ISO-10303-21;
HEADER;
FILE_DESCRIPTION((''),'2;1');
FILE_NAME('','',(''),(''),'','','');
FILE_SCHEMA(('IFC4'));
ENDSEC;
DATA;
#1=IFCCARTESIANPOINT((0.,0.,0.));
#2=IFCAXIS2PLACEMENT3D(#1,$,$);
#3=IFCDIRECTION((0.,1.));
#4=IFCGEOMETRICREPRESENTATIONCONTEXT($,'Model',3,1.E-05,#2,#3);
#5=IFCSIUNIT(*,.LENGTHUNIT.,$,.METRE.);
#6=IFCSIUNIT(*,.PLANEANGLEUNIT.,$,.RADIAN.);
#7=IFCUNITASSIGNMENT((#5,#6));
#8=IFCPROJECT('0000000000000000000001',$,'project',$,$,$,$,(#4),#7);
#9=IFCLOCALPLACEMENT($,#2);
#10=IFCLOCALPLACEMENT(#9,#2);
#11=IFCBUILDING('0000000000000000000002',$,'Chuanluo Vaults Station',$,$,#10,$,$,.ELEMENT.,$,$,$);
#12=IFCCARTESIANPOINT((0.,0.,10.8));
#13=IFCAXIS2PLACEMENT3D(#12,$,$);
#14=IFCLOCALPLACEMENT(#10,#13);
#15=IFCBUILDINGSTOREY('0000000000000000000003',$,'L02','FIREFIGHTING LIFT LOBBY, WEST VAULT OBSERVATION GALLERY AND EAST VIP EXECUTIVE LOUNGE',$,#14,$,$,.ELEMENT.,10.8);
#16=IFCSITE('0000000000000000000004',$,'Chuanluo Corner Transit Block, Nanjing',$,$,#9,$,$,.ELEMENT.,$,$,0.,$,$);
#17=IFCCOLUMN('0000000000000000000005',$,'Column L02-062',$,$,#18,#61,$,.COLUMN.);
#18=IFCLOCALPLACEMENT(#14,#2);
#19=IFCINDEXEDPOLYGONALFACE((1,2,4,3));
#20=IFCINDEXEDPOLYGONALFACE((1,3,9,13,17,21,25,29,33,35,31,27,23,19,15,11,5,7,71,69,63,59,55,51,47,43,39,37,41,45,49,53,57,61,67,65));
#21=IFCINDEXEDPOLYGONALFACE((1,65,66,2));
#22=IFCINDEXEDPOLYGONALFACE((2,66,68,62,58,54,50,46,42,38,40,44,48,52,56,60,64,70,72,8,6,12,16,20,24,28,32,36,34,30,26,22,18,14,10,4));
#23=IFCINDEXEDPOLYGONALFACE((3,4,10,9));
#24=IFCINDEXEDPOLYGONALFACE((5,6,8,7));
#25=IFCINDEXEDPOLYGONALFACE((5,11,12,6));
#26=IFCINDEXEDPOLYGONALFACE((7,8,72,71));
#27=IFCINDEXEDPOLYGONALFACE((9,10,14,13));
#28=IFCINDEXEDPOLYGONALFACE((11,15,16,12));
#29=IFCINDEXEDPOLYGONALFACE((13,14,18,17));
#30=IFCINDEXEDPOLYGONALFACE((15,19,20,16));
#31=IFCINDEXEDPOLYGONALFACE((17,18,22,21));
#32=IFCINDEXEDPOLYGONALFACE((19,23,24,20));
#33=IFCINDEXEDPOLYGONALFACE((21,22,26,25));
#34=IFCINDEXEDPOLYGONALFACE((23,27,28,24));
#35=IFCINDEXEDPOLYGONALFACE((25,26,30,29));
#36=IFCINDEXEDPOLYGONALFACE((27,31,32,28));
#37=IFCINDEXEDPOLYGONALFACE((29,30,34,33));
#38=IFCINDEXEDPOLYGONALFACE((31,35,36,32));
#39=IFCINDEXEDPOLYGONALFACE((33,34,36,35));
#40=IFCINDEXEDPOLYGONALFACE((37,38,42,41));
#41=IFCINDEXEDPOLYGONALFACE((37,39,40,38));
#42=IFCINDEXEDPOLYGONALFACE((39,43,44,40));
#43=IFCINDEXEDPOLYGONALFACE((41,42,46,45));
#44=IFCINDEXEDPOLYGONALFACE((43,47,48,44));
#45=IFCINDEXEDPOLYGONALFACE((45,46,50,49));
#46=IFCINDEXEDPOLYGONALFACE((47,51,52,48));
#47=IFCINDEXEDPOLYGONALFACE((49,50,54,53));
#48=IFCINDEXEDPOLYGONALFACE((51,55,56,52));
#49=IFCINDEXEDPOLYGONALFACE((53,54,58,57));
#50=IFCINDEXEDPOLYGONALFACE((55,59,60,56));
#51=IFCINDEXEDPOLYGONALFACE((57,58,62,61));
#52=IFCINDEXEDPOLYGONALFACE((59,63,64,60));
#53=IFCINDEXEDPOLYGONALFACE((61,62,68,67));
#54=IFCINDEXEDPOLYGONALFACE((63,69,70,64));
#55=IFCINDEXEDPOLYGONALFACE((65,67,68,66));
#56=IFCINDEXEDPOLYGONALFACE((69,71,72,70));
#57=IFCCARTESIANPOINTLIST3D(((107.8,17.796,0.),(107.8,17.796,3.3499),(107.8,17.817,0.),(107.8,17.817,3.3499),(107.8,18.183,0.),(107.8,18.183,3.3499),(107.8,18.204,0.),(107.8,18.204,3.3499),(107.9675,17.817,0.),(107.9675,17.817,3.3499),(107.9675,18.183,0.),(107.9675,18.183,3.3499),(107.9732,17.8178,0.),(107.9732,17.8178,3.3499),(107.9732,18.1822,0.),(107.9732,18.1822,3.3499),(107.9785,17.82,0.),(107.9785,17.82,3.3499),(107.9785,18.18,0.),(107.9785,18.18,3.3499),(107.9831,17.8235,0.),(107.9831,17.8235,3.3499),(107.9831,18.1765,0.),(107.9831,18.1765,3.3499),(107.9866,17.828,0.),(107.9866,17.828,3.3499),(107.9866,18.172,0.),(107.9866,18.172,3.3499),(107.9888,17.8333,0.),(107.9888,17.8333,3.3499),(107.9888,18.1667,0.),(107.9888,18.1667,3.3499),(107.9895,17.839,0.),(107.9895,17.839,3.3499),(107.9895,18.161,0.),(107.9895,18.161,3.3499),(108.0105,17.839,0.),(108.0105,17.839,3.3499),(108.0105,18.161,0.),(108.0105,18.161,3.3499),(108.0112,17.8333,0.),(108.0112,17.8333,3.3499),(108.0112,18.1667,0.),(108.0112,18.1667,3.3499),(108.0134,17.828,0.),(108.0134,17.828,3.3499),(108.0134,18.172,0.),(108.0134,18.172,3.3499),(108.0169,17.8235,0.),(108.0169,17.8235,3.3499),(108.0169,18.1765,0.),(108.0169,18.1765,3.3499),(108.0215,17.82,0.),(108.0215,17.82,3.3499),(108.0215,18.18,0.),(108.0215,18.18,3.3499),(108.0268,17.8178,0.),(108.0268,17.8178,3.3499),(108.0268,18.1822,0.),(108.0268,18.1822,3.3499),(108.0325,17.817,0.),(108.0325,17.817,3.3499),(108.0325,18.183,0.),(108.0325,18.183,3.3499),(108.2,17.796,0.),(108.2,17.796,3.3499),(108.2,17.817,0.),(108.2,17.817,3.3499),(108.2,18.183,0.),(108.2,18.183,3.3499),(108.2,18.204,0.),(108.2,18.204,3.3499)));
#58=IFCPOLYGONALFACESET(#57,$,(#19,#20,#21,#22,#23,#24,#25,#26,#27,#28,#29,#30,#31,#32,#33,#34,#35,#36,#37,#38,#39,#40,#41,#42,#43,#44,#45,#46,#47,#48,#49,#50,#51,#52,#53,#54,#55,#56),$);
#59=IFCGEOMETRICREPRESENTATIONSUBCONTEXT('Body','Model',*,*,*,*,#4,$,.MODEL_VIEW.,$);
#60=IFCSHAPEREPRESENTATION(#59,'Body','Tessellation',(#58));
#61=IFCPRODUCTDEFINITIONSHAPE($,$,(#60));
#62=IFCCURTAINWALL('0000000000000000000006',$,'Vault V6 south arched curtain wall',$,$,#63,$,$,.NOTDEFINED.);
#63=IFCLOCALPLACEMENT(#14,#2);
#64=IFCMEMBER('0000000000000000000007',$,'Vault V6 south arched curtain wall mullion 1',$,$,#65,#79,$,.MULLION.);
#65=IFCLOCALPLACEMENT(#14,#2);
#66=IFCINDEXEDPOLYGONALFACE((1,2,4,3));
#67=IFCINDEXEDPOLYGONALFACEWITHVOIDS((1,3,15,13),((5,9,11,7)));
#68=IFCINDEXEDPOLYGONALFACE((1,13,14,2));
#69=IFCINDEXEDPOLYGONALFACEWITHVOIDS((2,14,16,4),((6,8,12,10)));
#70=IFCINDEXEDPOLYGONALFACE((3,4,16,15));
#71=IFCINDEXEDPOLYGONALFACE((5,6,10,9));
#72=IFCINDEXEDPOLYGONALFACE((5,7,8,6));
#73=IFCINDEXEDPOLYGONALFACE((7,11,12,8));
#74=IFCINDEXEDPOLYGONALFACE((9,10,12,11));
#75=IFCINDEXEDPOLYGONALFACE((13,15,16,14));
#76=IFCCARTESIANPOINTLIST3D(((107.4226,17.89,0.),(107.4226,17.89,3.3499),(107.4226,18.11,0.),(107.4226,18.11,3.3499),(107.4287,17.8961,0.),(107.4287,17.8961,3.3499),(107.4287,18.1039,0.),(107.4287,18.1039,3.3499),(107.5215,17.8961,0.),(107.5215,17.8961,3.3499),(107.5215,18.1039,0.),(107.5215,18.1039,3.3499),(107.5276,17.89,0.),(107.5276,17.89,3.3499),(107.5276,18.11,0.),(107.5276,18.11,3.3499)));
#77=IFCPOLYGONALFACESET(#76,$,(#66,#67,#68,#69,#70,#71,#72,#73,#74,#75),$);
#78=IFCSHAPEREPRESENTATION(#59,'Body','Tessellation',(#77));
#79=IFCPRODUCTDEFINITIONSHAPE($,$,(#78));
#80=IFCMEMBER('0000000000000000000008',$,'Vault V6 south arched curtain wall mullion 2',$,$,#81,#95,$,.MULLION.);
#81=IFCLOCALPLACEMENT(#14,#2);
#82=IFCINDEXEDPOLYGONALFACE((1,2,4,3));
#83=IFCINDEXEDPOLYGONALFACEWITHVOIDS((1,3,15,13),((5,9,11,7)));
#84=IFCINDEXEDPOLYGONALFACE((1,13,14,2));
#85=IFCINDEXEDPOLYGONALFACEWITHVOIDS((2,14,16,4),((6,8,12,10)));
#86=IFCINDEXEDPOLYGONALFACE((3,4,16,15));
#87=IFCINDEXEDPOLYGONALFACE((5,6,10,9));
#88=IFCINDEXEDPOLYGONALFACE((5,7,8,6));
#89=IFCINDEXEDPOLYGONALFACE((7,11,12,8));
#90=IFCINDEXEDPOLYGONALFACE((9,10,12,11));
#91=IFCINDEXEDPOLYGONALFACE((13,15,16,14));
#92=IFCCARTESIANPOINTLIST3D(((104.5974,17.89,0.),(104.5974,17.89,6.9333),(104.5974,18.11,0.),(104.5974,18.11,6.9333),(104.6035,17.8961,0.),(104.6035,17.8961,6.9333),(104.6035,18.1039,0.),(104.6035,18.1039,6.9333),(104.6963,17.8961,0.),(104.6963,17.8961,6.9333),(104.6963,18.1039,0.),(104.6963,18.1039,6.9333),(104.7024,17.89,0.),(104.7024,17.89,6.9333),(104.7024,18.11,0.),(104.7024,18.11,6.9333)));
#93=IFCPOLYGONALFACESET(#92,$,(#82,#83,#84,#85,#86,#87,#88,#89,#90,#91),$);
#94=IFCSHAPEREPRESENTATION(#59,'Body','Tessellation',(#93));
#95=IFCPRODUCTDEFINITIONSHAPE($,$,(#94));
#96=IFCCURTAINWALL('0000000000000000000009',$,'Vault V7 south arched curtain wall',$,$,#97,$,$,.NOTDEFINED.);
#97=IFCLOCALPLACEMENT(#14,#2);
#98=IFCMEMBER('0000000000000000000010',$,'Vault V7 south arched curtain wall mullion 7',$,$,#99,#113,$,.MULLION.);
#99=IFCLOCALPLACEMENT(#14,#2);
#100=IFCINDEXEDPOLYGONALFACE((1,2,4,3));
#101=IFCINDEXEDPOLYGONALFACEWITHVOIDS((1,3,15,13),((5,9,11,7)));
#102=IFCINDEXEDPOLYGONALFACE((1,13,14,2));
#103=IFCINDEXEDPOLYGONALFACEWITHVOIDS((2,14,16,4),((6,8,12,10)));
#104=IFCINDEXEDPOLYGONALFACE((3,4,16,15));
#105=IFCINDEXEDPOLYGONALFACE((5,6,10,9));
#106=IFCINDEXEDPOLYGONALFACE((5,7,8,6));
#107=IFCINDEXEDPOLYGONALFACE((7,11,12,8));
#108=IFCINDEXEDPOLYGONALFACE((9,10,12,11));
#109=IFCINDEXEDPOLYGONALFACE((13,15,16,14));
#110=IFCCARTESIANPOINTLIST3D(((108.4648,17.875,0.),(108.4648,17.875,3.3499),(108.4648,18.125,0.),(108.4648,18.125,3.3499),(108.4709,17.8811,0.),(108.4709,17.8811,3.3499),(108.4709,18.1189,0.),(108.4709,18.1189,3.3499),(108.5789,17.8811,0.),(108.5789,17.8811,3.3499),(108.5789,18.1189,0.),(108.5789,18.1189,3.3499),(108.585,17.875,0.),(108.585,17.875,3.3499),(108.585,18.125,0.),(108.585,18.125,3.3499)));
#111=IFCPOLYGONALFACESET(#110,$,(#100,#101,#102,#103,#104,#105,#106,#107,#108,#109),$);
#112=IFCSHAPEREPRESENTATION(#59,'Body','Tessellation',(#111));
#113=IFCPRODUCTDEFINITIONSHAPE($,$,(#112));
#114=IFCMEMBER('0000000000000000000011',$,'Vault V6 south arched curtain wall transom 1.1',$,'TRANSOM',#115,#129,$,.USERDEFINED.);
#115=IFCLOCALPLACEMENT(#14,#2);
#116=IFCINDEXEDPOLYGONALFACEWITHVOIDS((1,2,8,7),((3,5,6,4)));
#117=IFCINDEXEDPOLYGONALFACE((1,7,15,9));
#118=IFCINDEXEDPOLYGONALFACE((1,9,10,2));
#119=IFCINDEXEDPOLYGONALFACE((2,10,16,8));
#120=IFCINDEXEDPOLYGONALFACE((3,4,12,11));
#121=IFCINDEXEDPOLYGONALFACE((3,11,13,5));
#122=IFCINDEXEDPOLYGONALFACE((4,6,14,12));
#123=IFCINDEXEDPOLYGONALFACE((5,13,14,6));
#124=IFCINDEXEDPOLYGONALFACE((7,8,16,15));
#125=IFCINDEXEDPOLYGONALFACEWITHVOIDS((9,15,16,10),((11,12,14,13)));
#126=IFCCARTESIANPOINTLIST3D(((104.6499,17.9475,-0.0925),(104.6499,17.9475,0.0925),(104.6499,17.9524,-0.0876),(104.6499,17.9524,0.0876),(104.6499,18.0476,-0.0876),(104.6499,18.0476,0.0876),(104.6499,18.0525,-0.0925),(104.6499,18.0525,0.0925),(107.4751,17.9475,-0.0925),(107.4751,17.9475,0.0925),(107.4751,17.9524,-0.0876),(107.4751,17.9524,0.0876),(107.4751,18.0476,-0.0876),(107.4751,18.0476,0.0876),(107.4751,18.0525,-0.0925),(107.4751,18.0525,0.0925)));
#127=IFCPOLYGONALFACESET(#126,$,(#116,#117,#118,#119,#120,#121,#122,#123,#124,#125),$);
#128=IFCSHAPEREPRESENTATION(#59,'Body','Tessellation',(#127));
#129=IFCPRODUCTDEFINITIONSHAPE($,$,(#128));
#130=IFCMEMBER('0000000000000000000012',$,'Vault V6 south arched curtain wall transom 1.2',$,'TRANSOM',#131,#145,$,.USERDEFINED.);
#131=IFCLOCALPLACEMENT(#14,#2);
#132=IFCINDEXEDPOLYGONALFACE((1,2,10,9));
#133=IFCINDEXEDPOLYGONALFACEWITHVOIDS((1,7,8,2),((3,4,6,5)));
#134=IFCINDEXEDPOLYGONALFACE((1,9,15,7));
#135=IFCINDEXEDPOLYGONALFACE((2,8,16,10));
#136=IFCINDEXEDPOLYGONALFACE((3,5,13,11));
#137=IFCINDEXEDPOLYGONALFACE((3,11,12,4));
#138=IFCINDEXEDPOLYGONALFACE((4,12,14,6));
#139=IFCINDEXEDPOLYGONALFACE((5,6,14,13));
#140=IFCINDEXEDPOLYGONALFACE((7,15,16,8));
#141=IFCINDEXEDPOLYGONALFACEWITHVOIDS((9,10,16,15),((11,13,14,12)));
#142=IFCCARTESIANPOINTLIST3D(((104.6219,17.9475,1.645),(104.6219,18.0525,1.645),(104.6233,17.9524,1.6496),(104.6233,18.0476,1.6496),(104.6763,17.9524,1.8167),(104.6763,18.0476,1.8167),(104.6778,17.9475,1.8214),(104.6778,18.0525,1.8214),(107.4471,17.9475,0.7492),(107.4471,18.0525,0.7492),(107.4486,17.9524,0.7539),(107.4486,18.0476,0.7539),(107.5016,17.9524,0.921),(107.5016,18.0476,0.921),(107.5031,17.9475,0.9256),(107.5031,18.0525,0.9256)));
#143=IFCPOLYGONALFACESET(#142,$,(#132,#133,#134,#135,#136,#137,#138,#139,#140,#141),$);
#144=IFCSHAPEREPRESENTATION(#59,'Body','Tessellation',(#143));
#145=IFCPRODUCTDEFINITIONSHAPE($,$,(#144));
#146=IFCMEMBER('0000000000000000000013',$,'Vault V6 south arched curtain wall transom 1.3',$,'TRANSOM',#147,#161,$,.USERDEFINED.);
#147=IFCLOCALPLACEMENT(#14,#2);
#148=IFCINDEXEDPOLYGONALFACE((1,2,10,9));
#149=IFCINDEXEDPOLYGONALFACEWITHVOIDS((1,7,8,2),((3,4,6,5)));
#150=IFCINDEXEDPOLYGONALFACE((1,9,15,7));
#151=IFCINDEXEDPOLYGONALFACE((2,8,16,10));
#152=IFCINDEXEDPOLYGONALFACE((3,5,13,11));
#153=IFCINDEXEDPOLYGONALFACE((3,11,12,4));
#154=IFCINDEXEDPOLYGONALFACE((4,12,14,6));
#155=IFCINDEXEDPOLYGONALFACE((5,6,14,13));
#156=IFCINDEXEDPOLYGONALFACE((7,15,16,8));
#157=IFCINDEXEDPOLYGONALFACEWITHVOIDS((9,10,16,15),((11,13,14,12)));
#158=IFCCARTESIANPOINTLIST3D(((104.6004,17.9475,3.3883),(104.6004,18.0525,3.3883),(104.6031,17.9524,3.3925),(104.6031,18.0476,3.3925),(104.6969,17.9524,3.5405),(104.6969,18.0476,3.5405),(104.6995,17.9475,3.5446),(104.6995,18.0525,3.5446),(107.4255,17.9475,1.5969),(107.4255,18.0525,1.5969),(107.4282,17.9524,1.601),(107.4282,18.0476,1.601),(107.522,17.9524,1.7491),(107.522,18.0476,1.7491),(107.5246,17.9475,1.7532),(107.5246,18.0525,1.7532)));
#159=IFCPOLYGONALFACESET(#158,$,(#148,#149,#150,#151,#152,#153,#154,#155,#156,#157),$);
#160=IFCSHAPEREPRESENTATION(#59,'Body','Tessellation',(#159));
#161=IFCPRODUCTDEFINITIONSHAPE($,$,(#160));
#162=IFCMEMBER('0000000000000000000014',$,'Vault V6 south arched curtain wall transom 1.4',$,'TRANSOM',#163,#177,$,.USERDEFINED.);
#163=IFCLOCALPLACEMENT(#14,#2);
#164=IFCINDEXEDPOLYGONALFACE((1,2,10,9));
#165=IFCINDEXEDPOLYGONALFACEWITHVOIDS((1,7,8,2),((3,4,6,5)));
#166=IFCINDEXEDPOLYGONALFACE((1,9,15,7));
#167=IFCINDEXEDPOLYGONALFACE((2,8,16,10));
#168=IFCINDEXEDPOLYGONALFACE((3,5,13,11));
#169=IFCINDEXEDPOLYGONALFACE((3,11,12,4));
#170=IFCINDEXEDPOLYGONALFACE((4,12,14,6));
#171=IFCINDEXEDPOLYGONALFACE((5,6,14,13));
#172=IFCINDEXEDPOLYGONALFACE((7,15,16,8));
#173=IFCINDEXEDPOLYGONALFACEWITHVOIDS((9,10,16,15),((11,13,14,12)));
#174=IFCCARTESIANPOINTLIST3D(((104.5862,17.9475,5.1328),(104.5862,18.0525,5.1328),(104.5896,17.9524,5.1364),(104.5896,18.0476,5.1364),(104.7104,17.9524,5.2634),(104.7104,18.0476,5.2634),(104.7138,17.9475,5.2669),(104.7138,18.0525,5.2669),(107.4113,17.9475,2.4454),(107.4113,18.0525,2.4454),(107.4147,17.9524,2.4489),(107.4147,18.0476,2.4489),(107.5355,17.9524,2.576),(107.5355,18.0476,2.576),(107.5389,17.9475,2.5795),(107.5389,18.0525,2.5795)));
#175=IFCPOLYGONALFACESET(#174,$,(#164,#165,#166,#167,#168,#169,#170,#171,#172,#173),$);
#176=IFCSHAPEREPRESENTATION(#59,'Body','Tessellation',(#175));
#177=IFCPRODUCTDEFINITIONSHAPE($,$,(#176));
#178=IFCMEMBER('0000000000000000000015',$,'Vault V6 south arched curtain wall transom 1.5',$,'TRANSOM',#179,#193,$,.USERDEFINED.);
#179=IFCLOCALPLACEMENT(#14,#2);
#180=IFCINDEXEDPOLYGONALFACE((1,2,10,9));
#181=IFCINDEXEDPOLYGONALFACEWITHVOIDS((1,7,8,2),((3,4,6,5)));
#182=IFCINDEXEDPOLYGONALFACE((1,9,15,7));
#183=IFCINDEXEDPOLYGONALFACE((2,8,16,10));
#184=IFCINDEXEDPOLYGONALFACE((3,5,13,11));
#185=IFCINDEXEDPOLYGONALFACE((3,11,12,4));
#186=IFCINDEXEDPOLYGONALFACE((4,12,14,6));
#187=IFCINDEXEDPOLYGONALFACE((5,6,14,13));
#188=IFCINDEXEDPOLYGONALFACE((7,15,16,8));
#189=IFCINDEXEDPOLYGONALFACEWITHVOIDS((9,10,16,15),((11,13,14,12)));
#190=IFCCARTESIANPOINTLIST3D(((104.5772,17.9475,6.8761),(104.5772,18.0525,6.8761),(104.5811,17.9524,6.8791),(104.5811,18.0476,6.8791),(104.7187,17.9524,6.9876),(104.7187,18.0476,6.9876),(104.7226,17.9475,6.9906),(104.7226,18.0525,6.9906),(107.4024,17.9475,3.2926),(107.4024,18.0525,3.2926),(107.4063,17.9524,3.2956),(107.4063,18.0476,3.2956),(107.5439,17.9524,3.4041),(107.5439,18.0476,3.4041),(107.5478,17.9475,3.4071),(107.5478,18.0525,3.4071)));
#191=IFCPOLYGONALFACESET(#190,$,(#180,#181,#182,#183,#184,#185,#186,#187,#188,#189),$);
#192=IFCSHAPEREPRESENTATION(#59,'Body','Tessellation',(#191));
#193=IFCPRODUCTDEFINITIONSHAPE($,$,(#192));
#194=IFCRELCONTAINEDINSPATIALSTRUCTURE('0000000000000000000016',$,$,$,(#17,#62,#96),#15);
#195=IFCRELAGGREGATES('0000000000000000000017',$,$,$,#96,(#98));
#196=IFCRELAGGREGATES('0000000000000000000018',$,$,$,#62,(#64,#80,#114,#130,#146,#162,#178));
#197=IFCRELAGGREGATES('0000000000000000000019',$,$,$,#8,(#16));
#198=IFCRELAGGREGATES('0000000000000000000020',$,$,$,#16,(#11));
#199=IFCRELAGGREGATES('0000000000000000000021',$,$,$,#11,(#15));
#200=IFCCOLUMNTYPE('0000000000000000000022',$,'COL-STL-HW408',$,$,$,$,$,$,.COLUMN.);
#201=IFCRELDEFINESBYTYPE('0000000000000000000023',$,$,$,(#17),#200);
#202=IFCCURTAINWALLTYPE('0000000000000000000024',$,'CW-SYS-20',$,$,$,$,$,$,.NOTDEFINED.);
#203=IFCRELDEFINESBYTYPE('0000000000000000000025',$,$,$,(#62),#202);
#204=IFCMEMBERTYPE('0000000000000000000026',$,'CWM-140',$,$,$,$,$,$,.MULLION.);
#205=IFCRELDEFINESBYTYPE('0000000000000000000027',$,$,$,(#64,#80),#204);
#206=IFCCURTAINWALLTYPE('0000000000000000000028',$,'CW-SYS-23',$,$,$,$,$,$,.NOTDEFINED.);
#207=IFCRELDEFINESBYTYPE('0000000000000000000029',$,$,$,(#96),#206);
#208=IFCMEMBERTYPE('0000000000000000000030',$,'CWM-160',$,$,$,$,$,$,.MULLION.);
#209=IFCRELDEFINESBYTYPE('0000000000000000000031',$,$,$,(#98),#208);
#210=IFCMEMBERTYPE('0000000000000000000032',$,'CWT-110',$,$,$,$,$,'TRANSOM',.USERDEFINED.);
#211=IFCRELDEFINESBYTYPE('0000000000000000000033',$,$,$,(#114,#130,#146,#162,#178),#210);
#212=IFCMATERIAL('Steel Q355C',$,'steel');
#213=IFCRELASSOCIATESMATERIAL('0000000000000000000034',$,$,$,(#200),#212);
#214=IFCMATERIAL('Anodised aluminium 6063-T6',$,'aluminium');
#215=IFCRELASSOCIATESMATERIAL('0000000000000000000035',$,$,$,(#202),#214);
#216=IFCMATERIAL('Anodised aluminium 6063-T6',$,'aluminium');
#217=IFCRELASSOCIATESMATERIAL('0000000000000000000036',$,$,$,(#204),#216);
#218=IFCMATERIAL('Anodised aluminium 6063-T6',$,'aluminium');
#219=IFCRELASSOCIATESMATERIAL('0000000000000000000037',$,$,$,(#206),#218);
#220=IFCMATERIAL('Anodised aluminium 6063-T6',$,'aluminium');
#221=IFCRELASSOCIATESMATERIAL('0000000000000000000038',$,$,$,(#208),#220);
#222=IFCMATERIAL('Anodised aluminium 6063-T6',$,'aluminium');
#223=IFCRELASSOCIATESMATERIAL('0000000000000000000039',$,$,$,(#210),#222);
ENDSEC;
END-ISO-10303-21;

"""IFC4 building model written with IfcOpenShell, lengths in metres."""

from ifc_helpers import new_model, si_unit, direction, frame, origin, origin_2d, place, context, subcontext, project, spatial, hollow_rectangle, i_section, extrude, material, material_profile, profile_set, type_object, element, aggregate, save


model = new_model("IFC4")

# Units and contexts
model_context = context("Model", 3, precision=1e-05, world=origin(), true_north=direction((0.0, 1.0)))
body_context = subcontext(model_context, "Body", "Model", "MODEL_VIEW")
ifc_project = project(units=[si_unit("LENGTHUNIT", "METRE"), si_unit("PLANEANGLEUNIT", "RADIAN")], contexts=[model_context])

# Site, building, storey
site_placement = place(None, origin())
site = spatial("IfcSite", under=ifc_project, at=site_placement, Name="Chuanluo Corner Transit Block, Nanjing", CompositionType="ELEMENT", RefElevation=0.0)
building_placement = place(site_placement, origin())
building = spatial("IfcBuilding", under=site, at=building_placement, Name="Chuanluo Vaults Station", CompositionType="ELEMENT")
storey_placement = place(building_placement, frame((0.0, 0.0, 10.8)))
storey = spatial("IfcBuildingStorey", under=building, at=storey_placement, Name="L02", Description="FIREFIGHTING LIFT LOBBY, WEST VAULT OBSERVATION GALLERY AND EAST VIP EXECUTIVE LOUNGE", CompositionType="ELEMENT", Elevation=10.8)

# Column
ifc_material_1 = material(Name="Steel Q355C", Category="steel")
ifc_material_profile_1 = material_profile(ifc_material_1, i_section(OverallWidth=0.3999, OverallDepth=0.408, WebThickness=0.021, FlangeThickness=0.021, FilletRadius=0.022, at=origin_2d()))
ifc_profile_set_1 = profile_set([ifc_material_profile_1], Name="Steel Q355C")
column_type = type_object("IfcColumnType", Name="COL-STL-HW408", PredefinedType="COLUMN", material=ifc_profile_set_1)
column_placement = place(storey_placement, frame((108.0, 18.0, 0.0), z_axis=(0.0, 0.0, 1.0), x_axis=(1.0, 0.0, 0.0)))
element("IfcColumn", 1, at=column_placement, inside=storey, type_object=column_type, Name="Column L02-062", PredefinedType="COLUMN", context=body_context, shape_type="SweptSolid", body=[
    extrude(i_section(OverallWidth=0.3999, OverallDepth=0.408, WebThickness=0.021, FlangeThickness=0.021, FilletRadius=0.022, at=origin_2d()), origin(), (0.0, 0.0, 1.0), 3.3499),
])

# Curtain wall, members
ifc_material_2 = material(Name="Anodised aluminium 6063-T6", Category="aluminium")
curtain_wall_type_1 = type_object("IfcCurtainWallType", Name="CW-SYS-20", PredefinedType="NOTDEFINED", material=ifc_material_2)
curtain_wall_1_placement = place(storey_placement, origin())
curtain_wall_1 = element("IfcCurtainWall", 2, at=curtain_wall_1_placement, inside=storey, type_object=curtain_wall_type_1, Name="Vault V6 south arched curtain wall", PredefinedType="NOTDEFINED")
ifc_material_3 = material(Name="Anodised aluminium 6063-T6", Category="aluminium")
ifc_material_profile_2 = material_profile(ifc_material_3, hollow_rectangle(XDim=0.105, YDim=0.22, WallThickness=0.0061, at=origin_2d()))
ifc_profile_set_2 = profile_set([ifc_material_profile_2], Name="Anodised aluminium 6063-T6")
member_type_1 = type_object("IfcMemberType", Name="CWM-140", PredefinedType="MULLION", material=ifc_profile_set_2)
member_1_placement = place(storey_placement, frame((107.4751, 18.0, 0.0), z_axis=(0.0, 0.0, 1.0), x_axis=(-1.0, 0.0, 0.0)))
member_1 = element("IfcMember", 3, at=member_1_placement, type_object=member_type_1, Name="Vault V6 south arched curtain wall mullion 1", PredefinedType="MULLION", context=body_context, shape_type="SweptSolid", body=[
    extrude(hollow_rectangle(XDim=0.105, YDim=0.22, WallThickness=0.0061, at=origin_2d()), origin(), (0.0, 0.0, 1.0), 3.3499),
])
member_2_placement = place(storey_placement, frame((104.6499, 18.0, 0.0), z_axis=(0.0, 0.0, 1.0), x_axis=(-1.0, 0.0, 0.0)))
member_2 = element("IfcMember", 4, at=member_2_placement, type_object=member_type_1, Name="Vault V6 south arched curtain wall mullion 2", PredefinedType="MULLION", context=body_context, shape_type="SweptSolid", body=[
    extrude(hollow_rectangle(XDim=0.105, YDim=0.22, WallThickness=0.0061, at=origin_2d()), origin(), (0.0, 0.0, 1.0), 6.9333),
])

# Curtain wall, member
ifc_material_4 = material(Name="Anodised aluminium 6063-T6", Category="aluminium")
curtain_wall_type_2 = type_object("IfcCurtainWallType", Name="CW-SYS-23", PredefinedType="NOTDEFINED", material=ifc_material_4)
curtain_wall_2_placement = place(storey_placement, origin())
curtain_wall_2 = element("IfcCurtainWall", 5, at=curtain_wall_2_placement, inside=storey, type_object=curtain_wall_type_2, Name="Vault V7 south arched curtain wall", PredefinedType="NOTDEFINED")
ifc_material_5 = material(Name="Anodised aluminium 6063-T6", Category="aluminium")
ifc_material_profile_3 = material_profile(ifc_material_5, hollow_rectangle(XDim=0.1201, YDim=0.25, WallThickness=0.0061, at=origin_2d()))
ifc_profile_set_3 = profile_set([ifc_material_profile_3], Name="Anodised aluminium 6063-T6")
member_type_2 = type_object("IfcMemberType", Name="CWM-160", PredefinedType="MULLION", material=ifc_profile_set_3)
member_3_placement = place(storey_placement, frame((108.5249, 18.0, 0.0), z_axis=(0.0, 0.0, 1.0), x_axis=(-1.0, 0.0, 0.0)))
member_3 = element("IfcMember", 6, at=member_3_placement, type_object=member_type_2, Name="Vault V7 south arched curtain wall mullion 7", PredefinedType="MULLION", context=body_context, shape_type="SweptSolid", body=[
    extrude(hollow_rectangle(XDim=0.1201, YDim=0.25, WallThickness=0.0061, at=origin_2d()), origin(), (0.0, 0.0, 1.0), 3.3499),
])

# Members
ifc_material_6 = material(Name="Anodised aluminium 6063-T6", Category="aluminium")
ifc_material_profile_4 = material_profile(ifc_material_6, hollow_rectangle(XDim=0.105, YDim=0.1851, WallThickness=0.0049, at=origin_2d()))
ifc_profile_set_4 = profile_set([ifc_material_profile_4], Name="Anodised aluminium 6063-T6")
member_type_3 = type_object("IfcMemberType", Name="CWT-110", ElementType="TRANSOM", PredefinedType="USERDEFINED", material=ifc_profile_set_4)
member_4_placement = place(storey_placement, frame((107.4751, 18.0, 0.0), z_axis=(-1.0, 0.0, 0.0), x_axis=(0.0, -1.0, 0.0)))
member_4 = element("IfcMember", 7, at=member_4_placement, type_object=member_type_3, Name="Vault V6 south arched curtain wall transom 1.1", ObjectType="TRANSOM", PredefinedType="USERDEFINED", context=body_context, shape_type="SweptSolid", body=[
    extrude(hollow_rectangle(XDim=0.105, YDim=0.1851, WallThickness=0.0049, at=origin_2d()), origin(), (0.0, 0.0, 1.0), 2.8252),
])
member_5_placement = place(storey_placement, frame((107.4751, 18.0, 0.8374), z_axis=(-0.953235, 0.0, 0.302231), x_axis=(0.0, -1.0, 0.0)))
member_5 = element("IfcMember", 8, at=member_5_placement, type_object=member_type_3, Name="Vault V6 south arched curtain wall transom 1.2", ObjectType="TRANSOM", PredefinedType="USERDEFINED", context=body_context, shape_type="SweptSolid", body=[
    extrude(hollow_rectangle(XDim=0.105, YDim=0.1851, WallThickness=0.0049, at=origin_2d()), origin(), (0.0, 0.0, 1.0), 2.9639),
])
member_6_placement = place(storey_placement, frame((107.4751, 18.0, 1.675), z_axis=(-0.84452, 0.0, 0.535524), x_axis=(0.0, -1.0, 0.0)))
member_6 = element("IfcMember", 9, at=member_6_placement, type_object=member_type_3, Name="Vault V6 south arched curtain wall transom 1.3", ObjectType="TRANSOM", PredefinedType="USERDEFINED", context=body_context, shape_type="SweptSolid", body=[
    extrude(hollow_rectangle(XDim=0.105, YDim=0.1851, WallThickness=0.0049, at=origin_2d()), origin(), (0.0, 0.0, 1.0), 3.3452),
])
member_7_placement = place(storey_placement, frame((107.4751, 18.0, 2.5125), z_axis=(-0.724543, 0.0, 0.68923), x_axis=(0.0, -1.0, 0.0)))
member_7 = element("IfcMember", 10, at=member_7_placement, type_object=member_type_3, Name="Vault V6 south arched curtain wall transom 1.4", ObjectType="TRANSOM", PredefinedType="USERDEFINED", context=body_context, shape_type="SweptSolid", body=[
    extrude(hollow_rectangle(XDim=0.105, YDim=0.1851, WallThickness=0.0049, at=origin_2d()), origin(), (0.0, 0.0, 1.0), 3.8992),
])
member_8_placement = place(storey_placement, frame((107.4751, 18.0, 3.3499), z_axis=(-0.61912, 0.0, 0.785296), x_axis=(0.0, -1.0, 0.0)))
member_8 = element("IfcMember", 11, at=member_8_placement, type_object=member_type_3, Name="Vault V6 south arched curtain wall transom 1.5", ObjectType="TRANSOM", PredefinedType="USERDEFINED", context=body_context, shape_type="SweptSolid", body=[
    extrude(hollow_rectangle(XDim=0.105, YDim=0.1851, WallThickness=0.0049, at=origin_2d()), origin(), (0.0, 0.0, 1.0), 4.5632),
])

aggregate(curtain_wall_2, [member_3])
aggregate(curtain_wall_1, [member_1, member_2, member_4, member_5, member_6, member_7, member_8])

save(model, "model.ifc")
